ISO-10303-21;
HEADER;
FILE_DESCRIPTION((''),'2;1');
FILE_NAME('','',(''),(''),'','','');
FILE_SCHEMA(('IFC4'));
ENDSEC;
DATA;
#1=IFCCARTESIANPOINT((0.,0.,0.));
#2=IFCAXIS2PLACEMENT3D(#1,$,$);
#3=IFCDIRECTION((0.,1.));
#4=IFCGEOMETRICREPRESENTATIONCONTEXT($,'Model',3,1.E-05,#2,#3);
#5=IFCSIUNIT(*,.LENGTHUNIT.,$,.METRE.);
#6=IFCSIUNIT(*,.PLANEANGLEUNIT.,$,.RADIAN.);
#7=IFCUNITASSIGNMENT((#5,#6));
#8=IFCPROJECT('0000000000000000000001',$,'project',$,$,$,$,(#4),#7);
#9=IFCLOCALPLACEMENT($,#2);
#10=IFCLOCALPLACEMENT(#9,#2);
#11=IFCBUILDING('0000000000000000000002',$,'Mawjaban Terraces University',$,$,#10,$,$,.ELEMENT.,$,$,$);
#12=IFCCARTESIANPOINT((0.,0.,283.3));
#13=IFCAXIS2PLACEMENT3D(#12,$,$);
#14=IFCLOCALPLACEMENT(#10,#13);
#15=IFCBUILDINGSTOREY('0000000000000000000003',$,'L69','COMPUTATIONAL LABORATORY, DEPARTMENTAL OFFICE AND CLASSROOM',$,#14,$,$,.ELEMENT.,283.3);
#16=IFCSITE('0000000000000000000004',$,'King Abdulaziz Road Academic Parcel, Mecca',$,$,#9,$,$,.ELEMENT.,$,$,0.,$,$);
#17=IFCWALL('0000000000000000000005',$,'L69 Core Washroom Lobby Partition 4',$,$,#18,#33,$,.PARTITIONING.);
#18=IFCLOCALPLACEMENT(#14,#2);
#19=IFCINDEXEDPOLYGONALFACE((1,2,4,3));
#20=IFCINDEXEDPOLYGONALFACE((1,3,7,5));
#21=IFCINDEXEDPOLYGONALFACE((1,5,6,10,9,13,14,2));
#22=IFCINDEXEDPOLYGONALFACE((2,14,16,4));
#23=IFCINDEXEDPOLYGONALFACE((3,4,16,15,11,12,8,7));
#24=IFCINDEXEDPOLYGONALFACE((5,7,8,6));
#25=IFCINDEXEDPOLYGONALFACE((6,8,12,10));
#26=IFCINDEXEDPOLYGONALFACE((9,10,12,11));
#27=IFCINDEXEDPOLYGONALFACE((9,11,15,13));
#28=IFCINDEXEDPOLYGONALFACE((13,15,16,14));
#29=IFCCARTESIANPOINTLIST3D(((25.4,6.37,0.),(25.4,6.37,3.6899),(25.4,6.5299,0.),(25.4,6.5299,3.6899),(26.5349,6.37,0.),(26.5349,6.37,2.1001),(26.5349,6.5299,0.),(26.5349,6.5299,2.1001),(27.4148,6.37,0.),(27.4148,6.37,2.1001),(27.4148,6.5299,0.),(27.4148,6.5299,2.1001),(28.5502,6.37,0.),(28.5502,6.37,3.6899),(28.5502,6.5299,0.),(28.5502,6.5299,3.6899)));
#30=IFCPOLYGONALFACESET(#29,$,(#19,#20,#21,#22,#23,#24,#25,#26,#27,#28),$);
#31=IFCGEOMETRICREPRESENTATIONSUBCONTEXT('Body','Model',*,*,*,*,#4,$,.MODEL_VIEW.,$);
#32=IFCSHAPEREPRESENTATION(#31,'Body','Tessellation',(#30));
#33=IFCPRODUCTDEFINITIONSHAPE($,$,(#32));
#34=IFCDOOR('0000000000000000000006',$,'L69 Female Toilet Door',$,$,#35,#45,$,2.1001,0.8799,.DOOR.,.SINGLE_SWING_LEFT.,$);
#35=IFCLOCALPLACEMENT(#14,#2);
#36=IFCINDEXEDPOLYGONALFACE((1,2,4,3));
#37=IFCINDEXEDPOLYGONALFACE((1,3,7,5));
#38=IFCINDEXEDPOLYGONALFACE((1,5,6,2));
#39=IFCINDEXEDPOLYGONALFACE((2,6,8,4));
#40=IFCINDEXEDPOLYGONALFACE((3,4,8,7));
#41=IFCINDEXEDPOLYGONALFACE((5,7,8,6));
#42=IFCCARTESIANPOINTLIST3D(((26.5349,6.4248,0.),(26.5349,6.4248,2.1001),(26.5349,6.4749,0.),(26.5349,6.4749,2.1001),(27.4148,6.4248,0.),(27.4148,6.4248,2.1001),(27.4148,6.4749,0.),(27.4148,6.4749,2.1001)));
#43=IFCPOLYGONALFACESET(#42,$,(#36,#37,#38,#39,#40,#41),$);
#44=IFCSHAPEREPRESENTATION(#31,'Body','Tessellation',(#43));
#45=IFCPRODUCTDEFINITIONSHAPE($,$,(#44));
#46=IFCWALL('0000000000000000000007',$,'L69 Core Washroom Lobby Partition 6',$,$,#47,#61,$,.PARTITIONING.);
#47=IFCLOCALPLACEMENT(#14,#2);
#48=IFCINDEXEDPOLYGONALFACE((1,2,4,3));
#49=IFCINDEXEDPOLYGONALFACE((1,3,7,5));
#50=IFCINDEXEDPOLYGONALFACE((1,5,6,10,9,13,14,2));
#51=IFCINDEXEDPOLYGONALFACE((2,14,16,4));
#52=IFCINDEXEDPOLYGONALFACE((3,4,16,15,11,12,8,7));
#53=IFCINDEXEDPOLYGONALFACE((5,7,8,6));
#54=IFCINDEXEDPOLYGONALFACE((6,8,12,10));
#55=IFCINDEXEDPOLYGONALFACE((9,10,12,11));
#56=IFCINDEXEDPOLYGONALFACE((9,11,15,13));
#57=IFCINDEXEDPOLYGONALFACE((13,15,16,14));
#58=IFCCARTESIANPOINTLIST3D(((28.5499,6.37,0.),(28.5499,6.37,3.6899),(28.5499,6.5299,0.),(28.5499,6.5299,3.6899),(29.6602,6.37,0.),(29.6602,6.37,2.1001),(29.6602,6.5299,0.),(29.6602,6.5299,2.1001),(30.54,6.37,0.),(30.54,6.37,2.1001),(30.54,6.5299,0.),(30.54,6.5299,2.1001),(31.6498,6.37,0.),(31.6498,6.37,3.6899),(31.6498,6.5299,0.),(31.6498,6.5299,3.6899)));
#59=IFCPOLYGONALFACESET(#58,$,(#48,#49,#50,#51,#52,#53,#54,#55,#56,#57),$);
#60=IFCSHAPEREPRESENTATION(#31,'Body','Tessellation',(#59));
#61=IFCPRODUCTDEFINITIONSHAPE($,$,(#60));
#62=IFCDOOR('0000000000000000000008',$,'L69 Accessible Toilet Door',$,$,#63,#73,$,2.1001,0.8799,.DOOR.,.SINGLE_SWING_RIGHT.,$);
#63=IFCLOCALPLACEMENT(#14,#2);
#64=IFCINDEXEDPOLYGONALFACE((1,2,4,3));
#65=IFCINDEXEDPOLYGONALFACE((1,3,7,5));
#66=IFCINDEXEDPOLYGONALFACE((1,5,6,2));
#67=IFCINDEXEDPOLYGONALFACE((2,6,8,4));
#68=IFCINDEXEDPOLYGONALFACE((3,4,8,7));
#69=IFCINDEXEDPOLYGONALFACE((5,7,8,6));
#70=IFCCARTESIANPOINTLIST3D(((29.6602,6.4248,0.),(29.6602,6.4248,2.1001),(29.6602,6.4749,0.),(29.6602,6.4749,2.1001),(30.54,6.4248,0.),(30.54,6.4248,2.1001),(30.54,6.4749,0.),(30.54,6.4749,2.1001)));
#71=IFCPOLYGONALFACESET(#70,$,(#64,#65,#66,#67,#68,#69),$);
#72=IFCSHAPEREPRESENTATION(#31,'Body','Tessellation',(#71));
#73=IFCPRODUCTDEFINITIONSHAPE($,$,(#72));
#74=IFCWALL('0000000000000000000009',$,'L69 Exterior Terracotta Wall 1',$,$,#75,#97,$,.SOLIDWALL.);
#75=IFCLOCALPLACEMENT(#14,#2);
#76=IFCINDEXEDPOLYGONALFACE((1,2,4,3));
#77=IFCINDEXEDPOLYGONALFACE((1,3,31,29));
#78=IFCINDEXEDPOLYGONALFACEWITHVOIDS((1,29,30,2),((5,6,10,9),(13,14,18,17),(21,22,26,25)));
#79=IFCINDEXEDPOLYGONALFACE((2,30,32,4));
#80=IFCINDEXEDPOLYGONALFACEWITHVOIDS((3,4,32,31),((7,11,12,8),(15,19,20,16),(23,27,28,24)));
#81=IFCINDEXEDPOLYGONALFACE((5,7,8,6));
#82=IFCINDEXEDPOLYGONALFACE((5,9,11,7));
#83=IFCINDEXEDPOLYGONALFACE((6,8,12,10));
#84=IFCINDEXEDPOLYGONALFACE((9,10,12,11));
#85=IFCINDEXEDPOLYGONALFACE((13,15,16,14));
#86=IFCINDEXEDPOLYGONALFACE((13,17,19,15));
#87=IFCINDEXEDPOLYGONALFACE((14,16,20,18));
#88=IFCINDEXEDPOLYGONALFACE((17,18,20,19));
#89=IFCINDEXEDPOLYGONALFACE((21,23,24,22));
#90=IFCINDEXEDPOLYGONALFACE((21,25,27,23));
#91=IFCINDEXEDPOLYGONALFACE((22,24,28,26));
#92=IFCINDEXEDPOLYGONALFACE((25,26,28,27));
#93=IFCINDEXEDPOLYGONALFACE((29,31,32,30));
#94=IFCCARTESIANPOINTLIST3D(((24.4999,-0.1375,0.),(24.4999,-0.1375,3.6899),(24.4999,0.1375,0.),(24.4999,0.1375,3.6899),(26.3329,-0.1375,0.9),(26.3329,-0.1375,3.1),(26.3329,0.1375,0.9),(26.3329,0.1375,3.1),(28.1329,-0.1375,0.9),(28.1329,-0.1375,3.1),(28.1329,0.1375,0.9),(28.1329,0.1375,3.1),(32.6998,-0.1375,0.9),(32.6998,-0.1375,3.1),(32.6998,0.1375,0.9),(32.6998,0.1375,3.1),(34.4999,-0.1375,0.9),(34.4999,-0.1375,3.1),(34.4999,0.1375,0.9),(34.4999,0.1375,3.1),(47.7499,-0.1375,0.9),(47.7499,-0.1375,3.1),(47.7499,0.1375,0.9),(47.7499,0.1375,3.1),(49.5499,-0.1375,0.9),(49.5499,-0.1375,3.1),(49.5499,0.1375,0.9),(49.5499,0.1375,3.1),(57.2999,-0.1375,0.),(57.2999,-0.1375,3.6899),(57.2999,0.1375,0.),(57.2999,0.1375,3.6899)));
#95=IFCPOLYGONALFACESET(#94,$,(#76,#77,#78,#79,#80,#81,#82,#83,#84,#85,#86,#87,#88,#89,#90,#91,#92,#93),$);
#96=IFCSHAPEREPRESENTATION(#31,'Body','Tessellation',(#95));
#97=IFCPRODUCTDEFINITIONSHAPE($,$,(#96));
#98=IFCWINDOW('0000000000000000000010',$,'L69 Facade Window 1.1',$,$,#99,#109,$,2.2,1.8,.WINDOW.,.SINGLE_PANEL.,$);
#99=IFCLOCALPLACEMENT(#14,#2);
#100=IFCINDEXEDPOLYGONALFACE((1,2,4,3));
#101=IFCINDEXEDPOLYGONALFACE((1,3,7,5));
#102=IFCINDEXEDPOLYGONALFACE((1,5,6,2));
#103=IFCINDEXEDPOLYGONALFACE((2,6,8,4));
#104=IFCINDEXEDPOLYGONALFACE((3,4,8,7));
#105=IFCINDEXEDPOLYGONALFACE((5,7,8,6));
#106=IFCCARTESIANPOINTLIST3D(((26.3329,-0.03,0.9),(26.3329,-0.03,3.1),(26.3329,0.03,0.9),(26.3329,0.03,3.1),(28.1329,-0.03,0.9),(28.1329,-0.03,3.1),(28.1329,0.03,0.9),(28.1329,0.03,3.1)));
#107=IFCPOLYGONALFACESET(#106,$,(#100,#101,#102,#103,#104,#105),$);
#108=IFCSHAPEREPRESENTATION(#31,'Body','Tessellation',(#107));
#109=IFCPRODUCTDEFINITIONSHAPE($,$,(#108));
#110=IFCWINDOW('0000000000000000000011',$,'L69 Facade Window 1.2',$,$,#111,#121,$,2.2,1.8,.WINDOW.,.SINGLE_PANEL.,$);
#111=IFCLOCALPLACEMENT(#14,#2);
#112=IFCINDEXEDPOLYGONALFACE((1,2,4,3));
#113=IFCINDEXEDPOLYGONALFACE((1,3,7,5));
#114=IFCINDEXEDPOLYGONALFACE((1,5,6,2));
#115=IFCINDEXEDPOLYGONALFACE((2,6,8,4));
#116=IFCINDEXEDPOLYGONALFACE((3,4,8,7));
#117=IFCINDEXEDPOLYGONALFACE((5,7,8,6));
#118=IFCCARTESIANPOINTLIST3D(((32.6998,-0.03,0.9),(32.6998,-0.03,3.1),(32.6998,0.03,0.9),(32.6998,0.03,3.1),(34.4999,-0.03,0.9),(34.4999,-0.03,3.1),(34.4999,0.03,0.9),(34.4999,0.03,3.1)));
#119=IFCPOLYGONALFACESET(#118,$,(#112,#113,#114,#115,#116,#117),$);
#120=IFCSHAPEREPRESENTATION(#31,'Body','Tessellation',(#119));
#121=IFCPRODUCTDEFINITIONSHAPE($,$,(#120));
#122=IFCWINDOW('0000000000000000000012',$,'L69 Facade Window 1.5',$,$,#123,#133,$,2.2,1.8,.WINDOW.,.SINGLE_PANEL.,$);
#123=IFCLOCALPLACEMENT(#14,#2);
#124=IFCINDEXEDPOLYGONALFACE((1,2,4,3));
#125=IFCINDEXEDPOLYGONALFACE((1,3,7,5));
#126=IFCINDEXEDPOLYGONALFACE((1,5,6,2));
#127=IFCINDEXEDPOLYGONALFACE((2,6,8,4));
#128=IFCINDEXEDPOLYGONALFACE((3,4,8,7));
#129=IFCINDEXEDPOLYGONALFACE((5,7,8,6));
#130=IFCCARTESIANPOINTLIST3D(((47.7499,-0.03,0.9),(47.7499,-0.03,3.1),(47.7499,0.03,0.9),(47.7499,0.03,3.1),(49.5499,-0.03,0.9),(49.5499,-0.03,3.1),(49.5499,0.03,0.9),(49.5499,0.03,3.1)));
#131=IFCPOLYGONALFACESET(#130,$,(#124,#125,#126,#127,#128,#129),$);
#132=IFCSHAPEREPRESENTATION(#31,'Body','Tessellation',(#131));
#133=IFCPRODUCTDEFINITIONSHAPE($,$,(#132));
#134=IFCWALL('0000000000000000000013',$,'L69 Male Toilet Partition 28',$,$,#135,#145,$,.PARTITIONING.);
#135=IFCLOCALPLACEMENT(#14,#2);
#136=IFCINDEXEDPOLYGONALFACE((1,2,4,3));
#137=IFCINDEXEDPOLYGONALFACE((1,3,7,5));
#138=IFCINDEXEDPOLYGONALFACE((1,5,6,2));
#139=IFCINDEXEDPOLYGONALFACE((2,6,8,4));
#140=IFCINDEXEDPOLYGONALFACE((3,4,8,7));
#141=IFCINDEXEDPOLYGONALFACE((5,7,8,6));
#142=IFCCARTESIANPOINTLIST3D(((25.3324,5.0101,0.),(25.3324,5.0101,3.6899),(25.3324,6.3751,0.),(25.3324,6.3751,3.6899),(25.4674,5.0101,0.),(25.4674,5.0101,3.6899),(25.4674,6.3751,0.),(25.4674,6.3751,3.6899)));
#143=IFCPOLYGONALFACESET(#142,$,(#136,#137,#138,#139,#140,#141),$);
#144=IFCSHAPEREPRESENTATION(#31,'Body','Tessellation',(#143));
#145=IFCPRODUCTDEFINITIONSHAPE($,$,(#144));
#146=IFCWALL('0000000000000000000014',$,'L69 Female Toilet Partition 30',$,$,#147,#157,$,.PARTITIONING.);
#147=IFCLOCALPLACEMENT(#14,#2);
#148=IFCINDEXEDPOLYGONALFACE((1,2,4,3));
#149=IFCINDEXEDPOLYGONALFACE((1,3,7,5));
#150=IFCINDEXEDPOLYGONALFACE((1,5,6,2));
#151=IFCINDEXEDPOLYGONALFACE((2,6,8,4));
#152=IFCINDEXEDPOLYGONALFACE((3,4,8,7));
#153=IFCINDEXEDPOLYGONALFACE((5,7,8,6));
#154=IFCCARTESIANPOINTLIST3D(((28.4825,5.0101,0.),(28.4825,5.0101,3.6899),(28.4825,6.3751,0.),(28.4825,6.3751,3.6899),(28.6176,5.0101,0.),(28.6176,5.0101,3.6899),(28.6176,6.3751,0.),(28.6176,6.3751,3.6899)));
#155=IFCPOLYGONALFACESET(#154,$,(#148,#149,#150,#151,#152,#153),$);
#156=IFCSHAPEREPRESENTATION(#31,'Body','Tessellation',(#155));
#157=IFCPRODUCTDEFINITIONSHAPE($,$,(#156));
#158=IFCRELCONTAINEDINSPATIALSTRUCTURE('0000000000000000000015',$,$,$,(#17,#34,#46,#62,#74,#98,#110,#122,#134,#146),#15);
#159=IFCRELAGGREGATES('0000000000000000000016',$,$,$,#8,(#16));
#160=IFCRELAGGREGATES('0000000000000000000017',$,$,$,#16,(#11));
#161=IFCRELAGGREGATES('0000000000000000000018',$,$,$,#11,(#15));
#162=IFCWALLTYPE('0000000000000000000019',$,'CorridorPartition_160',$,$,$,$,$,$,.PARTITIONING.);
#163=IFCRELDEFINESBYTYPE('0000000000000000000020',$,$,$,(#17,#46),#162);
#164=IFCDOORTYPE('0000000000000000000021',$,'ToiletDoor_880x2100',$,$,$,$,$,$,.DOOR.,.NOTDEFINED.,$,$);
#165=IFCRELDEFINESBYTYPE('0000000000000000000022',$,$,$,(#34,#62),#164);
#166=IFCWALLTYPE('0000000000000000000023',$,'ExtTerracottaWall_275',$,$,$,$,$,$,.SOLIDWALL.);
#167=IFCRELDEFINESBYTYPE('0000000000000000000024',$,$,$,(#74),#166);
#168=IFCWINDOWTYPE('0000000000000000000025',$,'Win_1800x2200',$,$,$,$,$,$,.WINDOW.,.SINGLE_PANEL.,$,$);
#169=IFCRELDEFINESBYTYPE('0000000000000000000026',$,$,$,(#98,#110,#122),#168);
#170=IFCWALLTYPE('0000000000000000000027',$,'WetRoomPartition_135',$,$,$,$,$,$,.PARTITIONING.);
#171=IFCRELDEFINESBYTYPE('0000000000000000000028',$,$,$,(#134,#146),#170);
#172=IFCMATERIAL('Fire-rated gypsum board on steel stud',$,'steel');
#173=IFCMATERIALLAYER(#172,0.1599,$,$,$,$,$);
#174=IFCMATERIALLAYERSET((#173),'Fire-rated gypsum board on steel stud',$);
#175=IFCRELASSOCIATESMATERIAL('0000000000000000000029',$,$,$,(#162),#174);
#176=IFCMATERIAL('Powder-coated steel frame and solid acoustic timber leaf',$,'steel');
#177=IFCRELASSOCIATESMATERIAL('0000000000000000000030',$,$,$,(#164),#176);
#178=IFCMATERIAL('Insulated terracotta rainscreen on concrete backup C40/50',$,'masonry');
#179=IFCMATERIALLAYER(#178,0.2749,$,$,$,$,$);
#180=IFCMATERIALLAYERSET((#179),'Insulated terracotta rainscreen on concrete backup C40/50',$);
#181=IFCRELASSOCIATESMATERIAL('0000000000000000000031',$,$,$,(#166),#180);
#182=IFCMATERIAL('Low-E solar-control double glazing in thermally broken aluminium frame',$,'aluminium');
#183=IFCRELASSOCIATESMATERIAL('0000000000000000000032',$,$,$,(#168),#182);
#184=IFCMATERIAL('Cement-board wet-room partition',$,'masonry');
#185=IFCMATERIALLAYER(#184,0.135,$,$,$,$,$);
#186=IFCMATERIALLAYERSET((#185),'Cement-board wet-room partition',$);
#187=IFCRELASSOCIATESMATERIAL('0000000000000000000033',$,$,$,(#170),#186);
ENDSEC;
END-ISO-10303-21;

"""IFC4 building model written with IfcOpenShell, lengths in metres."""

from ifc_helpers import new_model, si_unit, direction, frame, frame_2d, origin, place, context, subcontext, project, spatial, rectangle, extrude, material, layer, layer_set, type_object, element, fill, save


model = new_model("IFC4")

# Units and contexts
model_context = context("Model", 3, precision=1e-05, world=origin(), true_north=direction((0.0, 1.0)))
body_context = subcontext(model_context, "Body", "Model", "MODEL_VIEW")
ifc_project = project(units=[si_unit("LENGTHUNIT", "METRE"), si_unit("PLANEANGLEUNIT", "RADIAN")], contexts=[model_context])

# Site, building, storey
site_placement = place(None, origin())
site = spatial("IfcSite", under=ifc_project, at=site_placement, Name="King Abdulaziz Road Academic Parcel, Mecca", CompositionType="ELEMENT", RefElevation=0.0)
building_placement = place(site_placement, origin())
building = spatial("IfcBuilding", under=site, at=building_placement, Name="Mawjaban Terraces University", CompositionType="ELEMENT")
storey_placement = place(building_placement, frame((0.0, 0.0, 283.3)))
storey = spatial("IfcBuildingStorey", under=building, at=storey_placement, Name="L69", Description="COMPUTATIONAL LABORATORY, DEPARTMENTAL OFFICE AND CLASSROOM", CompositionType="ELEMENT", Elevation=283.3)

# Walls, openings, doors
ifc_material_1 = material(Name="Fire-rated gypsum board on steel stud", Category="steel")
ifc_layer_1 = layer(ifc_material_1, 0.1599)
ifc_layer_set_1 = layer_set([ifc_layer_1], Name="Fire-rated gypsum board on steel stud")
wall_type_1 = type_object("IfcWallType", Name="CorridorPartition_160", PredefinedType="PARTITIONING", material=ifc_layer_set_1)
wall_1_placement = place(storey_placement, frame((25.3999, 6.45, 0.0), z_axis=(0.0, 0.0, 1.0), x_axis=(1.0, 0.0, 0.0)))
wall_1 = element("IfcWall", 1, at=wall_1_placement, inside=storey, type_object=wall_type_1, Name="L69 Core Washroom Lobby Partition 4", PredefinedType="PARTITIONING", context=body_context, shape_type="SweptSolid", body=[
    extrude(rectangle(XDim=3.1501, YDim=0.1599, at=frame_2d((1.5752, 0.0))), origin(), (0.0, 0.0, 1.0), 3.6899),
])
opening_1_placement = place(wall_1_placement, frame((1.135, 0.0, 0.0)))
opening_1 = element("IfcOpeningElement", 2, at=opening_1_placement, cuts=wall_1, PredefinedType="OPENING", context=body_context, shape_type="SweptSolid", body=[
    extrude(rectangle(XDim=0.8799, YDim=2.1001, at=frame_2d((0.4399, 1.05))), frame((0.0, 0.0898, 0.0), z_axis=(0.0, -1.0, 0.0), x_axis=(1.0, 0.0, 0.0)), (0.0, 0.0, 1.0), 0.1799),
])
ifc_material_2 = material(Name="Powder-coated steel frame and solid acoustic timber leaf", Category="steel")
door_type = type_object("IfcDoorType", Name="ToiletDoor_880x2100", OperationType="NOTDEFINED", PredefinedType="DOOR", material=ifc_material_2)
door_1_placement = place(opening_1_placement, origin())
door_1 = element("IfcDoor", 3, at=door_1_placement, inside=storey, type_object=door_type, Name="L69 Female Toilet Door", OperationType="SINGLE_SWING_LEFT", OverallHeight=2.1001, OverallWidth=0.8799, PredefinedType="DOOR", context=body_context, shape_type="SweptSolid", body=[
    extrude(rectangle(XDim=0.8799, YDim=2.1001, at=frame_2d((0.4399, 1.05))), frame((0.0, 0.0249, 0.0), z_axis=(0.0, -1.0, 0.0), x_axis=(1.0, 0.0, 0.0)), (0.0, 0.0, 1.0), 0.05),
])
fill(opening_1, door_1)
wall_2_placement = place(storey_placement, frame((28.55, 6.45, 0.0), z_axis=(0.0, 0.0, 1.0), x_axis=(1.0, 0.0, 0.0)))
wall_2 = element("IfcWall", 4, at=wall_2_placement, inside=storey, type_object=wall_type_1, Name="L69 Core Washroom Lobby Partition 6", PredefinedType="PARTITIONING", context=body_context, shape_type="SweptSolid", body=[
    extrude(rectangle(XDim=3.0999, YDim=0.1599, at=frame_2d((1.5498, 0.0))), origin(), (0.0, 0.0, 1.0), 3.6899),
])
opening_2_placement = place(wall_2_placement, frame((1.1101, 0.0, 0.0)))
opening_2 = element("IfcOpeningElement", 5, at=opening_2_placement, cuts=wall_2, PredefinedType="OPENING", context=body_context, shape_type="SweptSolid", body=[
    extrude(rectangle(XDim=0.8799, YDim=2.1001, at=frame_2d((0.4399, 1.05))), frame((0.0, 0.0898, 0.0), z_axis=(0.0, -1.0, 0.0), x_axis=(1.0, 0.0, 0.0)), (0.0, 0.0, 1.0), 0.1799),
])
door_2_placement = place(opening_2_placement, origin())
door_2 = element("IfcDoor", 6, at=door_2_placement, inside=storey, type_object=door_type, Name="L69 Accessible Toilet Door", OperationType="SINGLE_SWING_RIGHT", OverallHeight=2.1001, OverallWidth=0.8799, PredefinedType="DOOR", context=body_context, shape_type="SweptSolid", body=[
    extrude(rectangle(XDim=0.8799, YDim=2.1001, at=frame_2d((0.4399, 1.05))), frame((0.0, 0.0249, 0.0), z_axis=(0.0, -1.0, 0.0), x_axis=(1.0, 0.0, 0.0)), (0.0, 0.0, 1.0), 0.05),
])
fill(opening_2, door_2)

# Wall, openings, windows
ifc_material_3 = material(Name="Insulated terracotta rainscreen on concrete backup C40/50", Category="masonry")
ifc_layer_2 = layer(ifc_material_3, 0.2749)
ifc_layer_set_2 = layer_set([ifc_layer_2], Name="Insulated terracotta rainscreen on concrete backup C40/50")
wall_type_2 = type_object("IfcWallType", Name="ExtTerracottaWall_275", PredefinedType="SOLIDWALL", material=ifc_layer_set_2)
wall_3_placement = place(storey_placement, frame((24.5, 0.0, 0.0), z_axis=(0.0, 0.0, 1.0), x_axis=(1.0, 0.0, 0.0)))
wall_3 = element("IfcWall", 7, at=wall_3_placement, inside=storey, type_object=wall_type_2, Name="L69 Exterior Terracotta Wall 1", PredefinedType="SOLIDWALL", context=body_context, shape_type="SweptSolid", body=[
    extrude(rectangle(XDim=32.8, YDim=0.2749, at=frame_2d((16.3999, 0.0))), origin(), (0.0, 0.0, 1.0), 3.6899),
])
opening_3_placement = place(wall_3_placement, frame((1.833, 0.0, 0.8999)))
opening_3 = element("IfcOpeningElement", 8, at=opening_3_placement, cuts=wall_3, PredefinedType="OPENING", context=body_context, shape_type="SweptSolid", body=[
    extrude(rectangle(XDim=1.8, YDim=2.2, at=frame_2d((0.8999, 1.1001))), frame((0.0, 0.1475, 0.0), z_axis=(0.0, -1.0, 0.0), x_axis=(1.0, 0.0, 0.0)), (0.0, 0.0, 1.0), 0.2949),
])
opening_4_placement = place(wall_3_placement, frame((8.2, 0.0, 0.8999)))
opening_4 = element("IfcOpeningElement", 9, at=opening_4_placement, cuts=wall_3, PredefinedType="OPENING", context=body_context, shape_type="SweptSolid", body=[
    extrude(rectangle(XDim=1.8, YDim=2.2, at=frame_2d((0.8999, 1.1001))), frame((0.0, 0.1475, 0.0), z_axis=(0.0, -1.0, 0.0), x_axis=(1.0, 0.0, 0.0)), (0.0, 0.0, 1.0), 0.2949),
])
opening_5_placement = place(wall_3_placement, frame((23.25, 0.0, 0.8999)))
opening_5 = element("IfcOpeningElement", 10, at=opening_5_placement, cuts=wall_3, PredefinedType="OPENING", context=body_context, shape_type="SweptSolid", body=[
    extrude(rectangle(XDim=1.8, YDim=2.2, at=frame_2d((0.8999, 1.1001))), frame((0.0, 0.1475, 0.0), z_axis=(0.0, -1.0, 0.0), x_axis=(1.0, 0.0, 0.0)), (0.0, 0.0, 1.0), 0.2949),
])
ifc_material_4 = material(Name="Low-E solar-control double glazing in thermally broken aluminium frame", Category="aluminium")
window_type = type_object("IfcWindowType", Name="Win_1800x2200", PartitioningType="SINGLE_PANEL", PredefinedType="WINDOW", material=ifc_material_4)
window_1_placement = place(opening_3_placement, origin())
window_1 = element("IfcWindow", 11, at=window_1_placement, inside=storey, type_object=window_type, Name="L69 Facade Window 1.1", OverallHeight=2.2, OverallWidth=1.8, PartitioningType="SINGLE_PANEL", PredefinedType="WINDOW", context=body_context, shape_type="SweptSolid", body=[
    extrude(rectangle(XDim=1.8, YDim=2.2, at=frame_2d((0.8999, 1.1001))), frame((0.0, 0.03, 0.0), z_axis=(0.0, -1.0, 0.0), x_axis=(1.0, 0.0, 0.0)), (0.0, 0.0, 1.0), 0.0601),
])
fill(opening_3, window_1)
window_2_placement = place(opening_4_placement, origin())
window_2 = element("IfcWindow", 12, at=window_2_placement, inside=storey, type_object=window_type, Name="L69 Facade Window 1.2", OverallHeight=2.2, OverallWidth=1.8, PartitioningType="SINGLE_PANEL", PredefinedType="WINDOW", context=body_context, shape_type="SweptSolid", body=[
    extrude(rectangle(XDim=1.8, YDim=2.2, at=frame_2d((0.8999, 1.1001))), frame((0.0, 0.03, 0.0), z_axis=(0.0, -1.0, 0.0), x_axis=(1.0, 0.0, 0.0)), (0.0, 0.0, 1.0), 0.0601),
])
fill(opening_4, window_2)
window_3_placement = place(opening_5_placement, origin())
window_3 = element("IfcWindow", 13, at=window_3_placement, inside=storey, type_object=window_type, Name="L69 Facade Window 1.5", OverallHeight=2.2, OverallWidth=1.8, PartitioningType="SINGLE_PANEL", PredefinedType="WINDOW", context=body_context, shape_type="SweptSolid", body=[
    extrude(rectangle(XDim=1.8, YDim=2.2, at=frame_2d((0.8999, 1.1001))), frame((0.0, 0.03, 0.0), z_axis=(0.0, -1.0, 0.0), x_axis=(1.0, 0.0, 0.0)), (0.0, 0.0, 1.0), 0.0601),
])
fill(opening_5, window_3)

# Walls
ifc_material_5 = material(Name="Cement-board wet-room partition", Category="masonry")
ifc_layer_3 = layer(ifc_material_5, 0.135)
ifc_layer_set_3 = layer_set([ifc_layer_3], Name="Cement-board wet-room partition")
wall_type_3 = type_object("IfcWallType", Name="WetRoomPartition_135", PredefinedType="PARTITIONING", material=ifc_layer_set_3)
for number, where, z_axis, x_axis, name in (
    (14, (25.3999, 5.01, 0.0), (0.0, 0.0, 1.0), (0.0, 1.0, 0.0), "L69 Male Toilet Partition 28"),
    (15, (28.55, 5.01, 0.0), (0.0, 0.0, 1.0), (0.0, 1.0, 0.0), "L69 Female Toilet Partition 30"),
):
    element("IfcWall", number, at=place(storey_placement, frame(where, z_axis=z_axis, x_axis=x_axis)), inside=storey, type_object=wall_type_3, Name=name, PredefinedType="PARTITIONING", context=body_context, shape_type="SweptSolid", body=[
        extrude(rectangle(XDim=1.365, YDim=0.135, at=frame_2d((0.6826, 0.0))), origin(), (0.0, 0.0, 1.0), 3.6899),
    ])

save(model, "model.ifc")
